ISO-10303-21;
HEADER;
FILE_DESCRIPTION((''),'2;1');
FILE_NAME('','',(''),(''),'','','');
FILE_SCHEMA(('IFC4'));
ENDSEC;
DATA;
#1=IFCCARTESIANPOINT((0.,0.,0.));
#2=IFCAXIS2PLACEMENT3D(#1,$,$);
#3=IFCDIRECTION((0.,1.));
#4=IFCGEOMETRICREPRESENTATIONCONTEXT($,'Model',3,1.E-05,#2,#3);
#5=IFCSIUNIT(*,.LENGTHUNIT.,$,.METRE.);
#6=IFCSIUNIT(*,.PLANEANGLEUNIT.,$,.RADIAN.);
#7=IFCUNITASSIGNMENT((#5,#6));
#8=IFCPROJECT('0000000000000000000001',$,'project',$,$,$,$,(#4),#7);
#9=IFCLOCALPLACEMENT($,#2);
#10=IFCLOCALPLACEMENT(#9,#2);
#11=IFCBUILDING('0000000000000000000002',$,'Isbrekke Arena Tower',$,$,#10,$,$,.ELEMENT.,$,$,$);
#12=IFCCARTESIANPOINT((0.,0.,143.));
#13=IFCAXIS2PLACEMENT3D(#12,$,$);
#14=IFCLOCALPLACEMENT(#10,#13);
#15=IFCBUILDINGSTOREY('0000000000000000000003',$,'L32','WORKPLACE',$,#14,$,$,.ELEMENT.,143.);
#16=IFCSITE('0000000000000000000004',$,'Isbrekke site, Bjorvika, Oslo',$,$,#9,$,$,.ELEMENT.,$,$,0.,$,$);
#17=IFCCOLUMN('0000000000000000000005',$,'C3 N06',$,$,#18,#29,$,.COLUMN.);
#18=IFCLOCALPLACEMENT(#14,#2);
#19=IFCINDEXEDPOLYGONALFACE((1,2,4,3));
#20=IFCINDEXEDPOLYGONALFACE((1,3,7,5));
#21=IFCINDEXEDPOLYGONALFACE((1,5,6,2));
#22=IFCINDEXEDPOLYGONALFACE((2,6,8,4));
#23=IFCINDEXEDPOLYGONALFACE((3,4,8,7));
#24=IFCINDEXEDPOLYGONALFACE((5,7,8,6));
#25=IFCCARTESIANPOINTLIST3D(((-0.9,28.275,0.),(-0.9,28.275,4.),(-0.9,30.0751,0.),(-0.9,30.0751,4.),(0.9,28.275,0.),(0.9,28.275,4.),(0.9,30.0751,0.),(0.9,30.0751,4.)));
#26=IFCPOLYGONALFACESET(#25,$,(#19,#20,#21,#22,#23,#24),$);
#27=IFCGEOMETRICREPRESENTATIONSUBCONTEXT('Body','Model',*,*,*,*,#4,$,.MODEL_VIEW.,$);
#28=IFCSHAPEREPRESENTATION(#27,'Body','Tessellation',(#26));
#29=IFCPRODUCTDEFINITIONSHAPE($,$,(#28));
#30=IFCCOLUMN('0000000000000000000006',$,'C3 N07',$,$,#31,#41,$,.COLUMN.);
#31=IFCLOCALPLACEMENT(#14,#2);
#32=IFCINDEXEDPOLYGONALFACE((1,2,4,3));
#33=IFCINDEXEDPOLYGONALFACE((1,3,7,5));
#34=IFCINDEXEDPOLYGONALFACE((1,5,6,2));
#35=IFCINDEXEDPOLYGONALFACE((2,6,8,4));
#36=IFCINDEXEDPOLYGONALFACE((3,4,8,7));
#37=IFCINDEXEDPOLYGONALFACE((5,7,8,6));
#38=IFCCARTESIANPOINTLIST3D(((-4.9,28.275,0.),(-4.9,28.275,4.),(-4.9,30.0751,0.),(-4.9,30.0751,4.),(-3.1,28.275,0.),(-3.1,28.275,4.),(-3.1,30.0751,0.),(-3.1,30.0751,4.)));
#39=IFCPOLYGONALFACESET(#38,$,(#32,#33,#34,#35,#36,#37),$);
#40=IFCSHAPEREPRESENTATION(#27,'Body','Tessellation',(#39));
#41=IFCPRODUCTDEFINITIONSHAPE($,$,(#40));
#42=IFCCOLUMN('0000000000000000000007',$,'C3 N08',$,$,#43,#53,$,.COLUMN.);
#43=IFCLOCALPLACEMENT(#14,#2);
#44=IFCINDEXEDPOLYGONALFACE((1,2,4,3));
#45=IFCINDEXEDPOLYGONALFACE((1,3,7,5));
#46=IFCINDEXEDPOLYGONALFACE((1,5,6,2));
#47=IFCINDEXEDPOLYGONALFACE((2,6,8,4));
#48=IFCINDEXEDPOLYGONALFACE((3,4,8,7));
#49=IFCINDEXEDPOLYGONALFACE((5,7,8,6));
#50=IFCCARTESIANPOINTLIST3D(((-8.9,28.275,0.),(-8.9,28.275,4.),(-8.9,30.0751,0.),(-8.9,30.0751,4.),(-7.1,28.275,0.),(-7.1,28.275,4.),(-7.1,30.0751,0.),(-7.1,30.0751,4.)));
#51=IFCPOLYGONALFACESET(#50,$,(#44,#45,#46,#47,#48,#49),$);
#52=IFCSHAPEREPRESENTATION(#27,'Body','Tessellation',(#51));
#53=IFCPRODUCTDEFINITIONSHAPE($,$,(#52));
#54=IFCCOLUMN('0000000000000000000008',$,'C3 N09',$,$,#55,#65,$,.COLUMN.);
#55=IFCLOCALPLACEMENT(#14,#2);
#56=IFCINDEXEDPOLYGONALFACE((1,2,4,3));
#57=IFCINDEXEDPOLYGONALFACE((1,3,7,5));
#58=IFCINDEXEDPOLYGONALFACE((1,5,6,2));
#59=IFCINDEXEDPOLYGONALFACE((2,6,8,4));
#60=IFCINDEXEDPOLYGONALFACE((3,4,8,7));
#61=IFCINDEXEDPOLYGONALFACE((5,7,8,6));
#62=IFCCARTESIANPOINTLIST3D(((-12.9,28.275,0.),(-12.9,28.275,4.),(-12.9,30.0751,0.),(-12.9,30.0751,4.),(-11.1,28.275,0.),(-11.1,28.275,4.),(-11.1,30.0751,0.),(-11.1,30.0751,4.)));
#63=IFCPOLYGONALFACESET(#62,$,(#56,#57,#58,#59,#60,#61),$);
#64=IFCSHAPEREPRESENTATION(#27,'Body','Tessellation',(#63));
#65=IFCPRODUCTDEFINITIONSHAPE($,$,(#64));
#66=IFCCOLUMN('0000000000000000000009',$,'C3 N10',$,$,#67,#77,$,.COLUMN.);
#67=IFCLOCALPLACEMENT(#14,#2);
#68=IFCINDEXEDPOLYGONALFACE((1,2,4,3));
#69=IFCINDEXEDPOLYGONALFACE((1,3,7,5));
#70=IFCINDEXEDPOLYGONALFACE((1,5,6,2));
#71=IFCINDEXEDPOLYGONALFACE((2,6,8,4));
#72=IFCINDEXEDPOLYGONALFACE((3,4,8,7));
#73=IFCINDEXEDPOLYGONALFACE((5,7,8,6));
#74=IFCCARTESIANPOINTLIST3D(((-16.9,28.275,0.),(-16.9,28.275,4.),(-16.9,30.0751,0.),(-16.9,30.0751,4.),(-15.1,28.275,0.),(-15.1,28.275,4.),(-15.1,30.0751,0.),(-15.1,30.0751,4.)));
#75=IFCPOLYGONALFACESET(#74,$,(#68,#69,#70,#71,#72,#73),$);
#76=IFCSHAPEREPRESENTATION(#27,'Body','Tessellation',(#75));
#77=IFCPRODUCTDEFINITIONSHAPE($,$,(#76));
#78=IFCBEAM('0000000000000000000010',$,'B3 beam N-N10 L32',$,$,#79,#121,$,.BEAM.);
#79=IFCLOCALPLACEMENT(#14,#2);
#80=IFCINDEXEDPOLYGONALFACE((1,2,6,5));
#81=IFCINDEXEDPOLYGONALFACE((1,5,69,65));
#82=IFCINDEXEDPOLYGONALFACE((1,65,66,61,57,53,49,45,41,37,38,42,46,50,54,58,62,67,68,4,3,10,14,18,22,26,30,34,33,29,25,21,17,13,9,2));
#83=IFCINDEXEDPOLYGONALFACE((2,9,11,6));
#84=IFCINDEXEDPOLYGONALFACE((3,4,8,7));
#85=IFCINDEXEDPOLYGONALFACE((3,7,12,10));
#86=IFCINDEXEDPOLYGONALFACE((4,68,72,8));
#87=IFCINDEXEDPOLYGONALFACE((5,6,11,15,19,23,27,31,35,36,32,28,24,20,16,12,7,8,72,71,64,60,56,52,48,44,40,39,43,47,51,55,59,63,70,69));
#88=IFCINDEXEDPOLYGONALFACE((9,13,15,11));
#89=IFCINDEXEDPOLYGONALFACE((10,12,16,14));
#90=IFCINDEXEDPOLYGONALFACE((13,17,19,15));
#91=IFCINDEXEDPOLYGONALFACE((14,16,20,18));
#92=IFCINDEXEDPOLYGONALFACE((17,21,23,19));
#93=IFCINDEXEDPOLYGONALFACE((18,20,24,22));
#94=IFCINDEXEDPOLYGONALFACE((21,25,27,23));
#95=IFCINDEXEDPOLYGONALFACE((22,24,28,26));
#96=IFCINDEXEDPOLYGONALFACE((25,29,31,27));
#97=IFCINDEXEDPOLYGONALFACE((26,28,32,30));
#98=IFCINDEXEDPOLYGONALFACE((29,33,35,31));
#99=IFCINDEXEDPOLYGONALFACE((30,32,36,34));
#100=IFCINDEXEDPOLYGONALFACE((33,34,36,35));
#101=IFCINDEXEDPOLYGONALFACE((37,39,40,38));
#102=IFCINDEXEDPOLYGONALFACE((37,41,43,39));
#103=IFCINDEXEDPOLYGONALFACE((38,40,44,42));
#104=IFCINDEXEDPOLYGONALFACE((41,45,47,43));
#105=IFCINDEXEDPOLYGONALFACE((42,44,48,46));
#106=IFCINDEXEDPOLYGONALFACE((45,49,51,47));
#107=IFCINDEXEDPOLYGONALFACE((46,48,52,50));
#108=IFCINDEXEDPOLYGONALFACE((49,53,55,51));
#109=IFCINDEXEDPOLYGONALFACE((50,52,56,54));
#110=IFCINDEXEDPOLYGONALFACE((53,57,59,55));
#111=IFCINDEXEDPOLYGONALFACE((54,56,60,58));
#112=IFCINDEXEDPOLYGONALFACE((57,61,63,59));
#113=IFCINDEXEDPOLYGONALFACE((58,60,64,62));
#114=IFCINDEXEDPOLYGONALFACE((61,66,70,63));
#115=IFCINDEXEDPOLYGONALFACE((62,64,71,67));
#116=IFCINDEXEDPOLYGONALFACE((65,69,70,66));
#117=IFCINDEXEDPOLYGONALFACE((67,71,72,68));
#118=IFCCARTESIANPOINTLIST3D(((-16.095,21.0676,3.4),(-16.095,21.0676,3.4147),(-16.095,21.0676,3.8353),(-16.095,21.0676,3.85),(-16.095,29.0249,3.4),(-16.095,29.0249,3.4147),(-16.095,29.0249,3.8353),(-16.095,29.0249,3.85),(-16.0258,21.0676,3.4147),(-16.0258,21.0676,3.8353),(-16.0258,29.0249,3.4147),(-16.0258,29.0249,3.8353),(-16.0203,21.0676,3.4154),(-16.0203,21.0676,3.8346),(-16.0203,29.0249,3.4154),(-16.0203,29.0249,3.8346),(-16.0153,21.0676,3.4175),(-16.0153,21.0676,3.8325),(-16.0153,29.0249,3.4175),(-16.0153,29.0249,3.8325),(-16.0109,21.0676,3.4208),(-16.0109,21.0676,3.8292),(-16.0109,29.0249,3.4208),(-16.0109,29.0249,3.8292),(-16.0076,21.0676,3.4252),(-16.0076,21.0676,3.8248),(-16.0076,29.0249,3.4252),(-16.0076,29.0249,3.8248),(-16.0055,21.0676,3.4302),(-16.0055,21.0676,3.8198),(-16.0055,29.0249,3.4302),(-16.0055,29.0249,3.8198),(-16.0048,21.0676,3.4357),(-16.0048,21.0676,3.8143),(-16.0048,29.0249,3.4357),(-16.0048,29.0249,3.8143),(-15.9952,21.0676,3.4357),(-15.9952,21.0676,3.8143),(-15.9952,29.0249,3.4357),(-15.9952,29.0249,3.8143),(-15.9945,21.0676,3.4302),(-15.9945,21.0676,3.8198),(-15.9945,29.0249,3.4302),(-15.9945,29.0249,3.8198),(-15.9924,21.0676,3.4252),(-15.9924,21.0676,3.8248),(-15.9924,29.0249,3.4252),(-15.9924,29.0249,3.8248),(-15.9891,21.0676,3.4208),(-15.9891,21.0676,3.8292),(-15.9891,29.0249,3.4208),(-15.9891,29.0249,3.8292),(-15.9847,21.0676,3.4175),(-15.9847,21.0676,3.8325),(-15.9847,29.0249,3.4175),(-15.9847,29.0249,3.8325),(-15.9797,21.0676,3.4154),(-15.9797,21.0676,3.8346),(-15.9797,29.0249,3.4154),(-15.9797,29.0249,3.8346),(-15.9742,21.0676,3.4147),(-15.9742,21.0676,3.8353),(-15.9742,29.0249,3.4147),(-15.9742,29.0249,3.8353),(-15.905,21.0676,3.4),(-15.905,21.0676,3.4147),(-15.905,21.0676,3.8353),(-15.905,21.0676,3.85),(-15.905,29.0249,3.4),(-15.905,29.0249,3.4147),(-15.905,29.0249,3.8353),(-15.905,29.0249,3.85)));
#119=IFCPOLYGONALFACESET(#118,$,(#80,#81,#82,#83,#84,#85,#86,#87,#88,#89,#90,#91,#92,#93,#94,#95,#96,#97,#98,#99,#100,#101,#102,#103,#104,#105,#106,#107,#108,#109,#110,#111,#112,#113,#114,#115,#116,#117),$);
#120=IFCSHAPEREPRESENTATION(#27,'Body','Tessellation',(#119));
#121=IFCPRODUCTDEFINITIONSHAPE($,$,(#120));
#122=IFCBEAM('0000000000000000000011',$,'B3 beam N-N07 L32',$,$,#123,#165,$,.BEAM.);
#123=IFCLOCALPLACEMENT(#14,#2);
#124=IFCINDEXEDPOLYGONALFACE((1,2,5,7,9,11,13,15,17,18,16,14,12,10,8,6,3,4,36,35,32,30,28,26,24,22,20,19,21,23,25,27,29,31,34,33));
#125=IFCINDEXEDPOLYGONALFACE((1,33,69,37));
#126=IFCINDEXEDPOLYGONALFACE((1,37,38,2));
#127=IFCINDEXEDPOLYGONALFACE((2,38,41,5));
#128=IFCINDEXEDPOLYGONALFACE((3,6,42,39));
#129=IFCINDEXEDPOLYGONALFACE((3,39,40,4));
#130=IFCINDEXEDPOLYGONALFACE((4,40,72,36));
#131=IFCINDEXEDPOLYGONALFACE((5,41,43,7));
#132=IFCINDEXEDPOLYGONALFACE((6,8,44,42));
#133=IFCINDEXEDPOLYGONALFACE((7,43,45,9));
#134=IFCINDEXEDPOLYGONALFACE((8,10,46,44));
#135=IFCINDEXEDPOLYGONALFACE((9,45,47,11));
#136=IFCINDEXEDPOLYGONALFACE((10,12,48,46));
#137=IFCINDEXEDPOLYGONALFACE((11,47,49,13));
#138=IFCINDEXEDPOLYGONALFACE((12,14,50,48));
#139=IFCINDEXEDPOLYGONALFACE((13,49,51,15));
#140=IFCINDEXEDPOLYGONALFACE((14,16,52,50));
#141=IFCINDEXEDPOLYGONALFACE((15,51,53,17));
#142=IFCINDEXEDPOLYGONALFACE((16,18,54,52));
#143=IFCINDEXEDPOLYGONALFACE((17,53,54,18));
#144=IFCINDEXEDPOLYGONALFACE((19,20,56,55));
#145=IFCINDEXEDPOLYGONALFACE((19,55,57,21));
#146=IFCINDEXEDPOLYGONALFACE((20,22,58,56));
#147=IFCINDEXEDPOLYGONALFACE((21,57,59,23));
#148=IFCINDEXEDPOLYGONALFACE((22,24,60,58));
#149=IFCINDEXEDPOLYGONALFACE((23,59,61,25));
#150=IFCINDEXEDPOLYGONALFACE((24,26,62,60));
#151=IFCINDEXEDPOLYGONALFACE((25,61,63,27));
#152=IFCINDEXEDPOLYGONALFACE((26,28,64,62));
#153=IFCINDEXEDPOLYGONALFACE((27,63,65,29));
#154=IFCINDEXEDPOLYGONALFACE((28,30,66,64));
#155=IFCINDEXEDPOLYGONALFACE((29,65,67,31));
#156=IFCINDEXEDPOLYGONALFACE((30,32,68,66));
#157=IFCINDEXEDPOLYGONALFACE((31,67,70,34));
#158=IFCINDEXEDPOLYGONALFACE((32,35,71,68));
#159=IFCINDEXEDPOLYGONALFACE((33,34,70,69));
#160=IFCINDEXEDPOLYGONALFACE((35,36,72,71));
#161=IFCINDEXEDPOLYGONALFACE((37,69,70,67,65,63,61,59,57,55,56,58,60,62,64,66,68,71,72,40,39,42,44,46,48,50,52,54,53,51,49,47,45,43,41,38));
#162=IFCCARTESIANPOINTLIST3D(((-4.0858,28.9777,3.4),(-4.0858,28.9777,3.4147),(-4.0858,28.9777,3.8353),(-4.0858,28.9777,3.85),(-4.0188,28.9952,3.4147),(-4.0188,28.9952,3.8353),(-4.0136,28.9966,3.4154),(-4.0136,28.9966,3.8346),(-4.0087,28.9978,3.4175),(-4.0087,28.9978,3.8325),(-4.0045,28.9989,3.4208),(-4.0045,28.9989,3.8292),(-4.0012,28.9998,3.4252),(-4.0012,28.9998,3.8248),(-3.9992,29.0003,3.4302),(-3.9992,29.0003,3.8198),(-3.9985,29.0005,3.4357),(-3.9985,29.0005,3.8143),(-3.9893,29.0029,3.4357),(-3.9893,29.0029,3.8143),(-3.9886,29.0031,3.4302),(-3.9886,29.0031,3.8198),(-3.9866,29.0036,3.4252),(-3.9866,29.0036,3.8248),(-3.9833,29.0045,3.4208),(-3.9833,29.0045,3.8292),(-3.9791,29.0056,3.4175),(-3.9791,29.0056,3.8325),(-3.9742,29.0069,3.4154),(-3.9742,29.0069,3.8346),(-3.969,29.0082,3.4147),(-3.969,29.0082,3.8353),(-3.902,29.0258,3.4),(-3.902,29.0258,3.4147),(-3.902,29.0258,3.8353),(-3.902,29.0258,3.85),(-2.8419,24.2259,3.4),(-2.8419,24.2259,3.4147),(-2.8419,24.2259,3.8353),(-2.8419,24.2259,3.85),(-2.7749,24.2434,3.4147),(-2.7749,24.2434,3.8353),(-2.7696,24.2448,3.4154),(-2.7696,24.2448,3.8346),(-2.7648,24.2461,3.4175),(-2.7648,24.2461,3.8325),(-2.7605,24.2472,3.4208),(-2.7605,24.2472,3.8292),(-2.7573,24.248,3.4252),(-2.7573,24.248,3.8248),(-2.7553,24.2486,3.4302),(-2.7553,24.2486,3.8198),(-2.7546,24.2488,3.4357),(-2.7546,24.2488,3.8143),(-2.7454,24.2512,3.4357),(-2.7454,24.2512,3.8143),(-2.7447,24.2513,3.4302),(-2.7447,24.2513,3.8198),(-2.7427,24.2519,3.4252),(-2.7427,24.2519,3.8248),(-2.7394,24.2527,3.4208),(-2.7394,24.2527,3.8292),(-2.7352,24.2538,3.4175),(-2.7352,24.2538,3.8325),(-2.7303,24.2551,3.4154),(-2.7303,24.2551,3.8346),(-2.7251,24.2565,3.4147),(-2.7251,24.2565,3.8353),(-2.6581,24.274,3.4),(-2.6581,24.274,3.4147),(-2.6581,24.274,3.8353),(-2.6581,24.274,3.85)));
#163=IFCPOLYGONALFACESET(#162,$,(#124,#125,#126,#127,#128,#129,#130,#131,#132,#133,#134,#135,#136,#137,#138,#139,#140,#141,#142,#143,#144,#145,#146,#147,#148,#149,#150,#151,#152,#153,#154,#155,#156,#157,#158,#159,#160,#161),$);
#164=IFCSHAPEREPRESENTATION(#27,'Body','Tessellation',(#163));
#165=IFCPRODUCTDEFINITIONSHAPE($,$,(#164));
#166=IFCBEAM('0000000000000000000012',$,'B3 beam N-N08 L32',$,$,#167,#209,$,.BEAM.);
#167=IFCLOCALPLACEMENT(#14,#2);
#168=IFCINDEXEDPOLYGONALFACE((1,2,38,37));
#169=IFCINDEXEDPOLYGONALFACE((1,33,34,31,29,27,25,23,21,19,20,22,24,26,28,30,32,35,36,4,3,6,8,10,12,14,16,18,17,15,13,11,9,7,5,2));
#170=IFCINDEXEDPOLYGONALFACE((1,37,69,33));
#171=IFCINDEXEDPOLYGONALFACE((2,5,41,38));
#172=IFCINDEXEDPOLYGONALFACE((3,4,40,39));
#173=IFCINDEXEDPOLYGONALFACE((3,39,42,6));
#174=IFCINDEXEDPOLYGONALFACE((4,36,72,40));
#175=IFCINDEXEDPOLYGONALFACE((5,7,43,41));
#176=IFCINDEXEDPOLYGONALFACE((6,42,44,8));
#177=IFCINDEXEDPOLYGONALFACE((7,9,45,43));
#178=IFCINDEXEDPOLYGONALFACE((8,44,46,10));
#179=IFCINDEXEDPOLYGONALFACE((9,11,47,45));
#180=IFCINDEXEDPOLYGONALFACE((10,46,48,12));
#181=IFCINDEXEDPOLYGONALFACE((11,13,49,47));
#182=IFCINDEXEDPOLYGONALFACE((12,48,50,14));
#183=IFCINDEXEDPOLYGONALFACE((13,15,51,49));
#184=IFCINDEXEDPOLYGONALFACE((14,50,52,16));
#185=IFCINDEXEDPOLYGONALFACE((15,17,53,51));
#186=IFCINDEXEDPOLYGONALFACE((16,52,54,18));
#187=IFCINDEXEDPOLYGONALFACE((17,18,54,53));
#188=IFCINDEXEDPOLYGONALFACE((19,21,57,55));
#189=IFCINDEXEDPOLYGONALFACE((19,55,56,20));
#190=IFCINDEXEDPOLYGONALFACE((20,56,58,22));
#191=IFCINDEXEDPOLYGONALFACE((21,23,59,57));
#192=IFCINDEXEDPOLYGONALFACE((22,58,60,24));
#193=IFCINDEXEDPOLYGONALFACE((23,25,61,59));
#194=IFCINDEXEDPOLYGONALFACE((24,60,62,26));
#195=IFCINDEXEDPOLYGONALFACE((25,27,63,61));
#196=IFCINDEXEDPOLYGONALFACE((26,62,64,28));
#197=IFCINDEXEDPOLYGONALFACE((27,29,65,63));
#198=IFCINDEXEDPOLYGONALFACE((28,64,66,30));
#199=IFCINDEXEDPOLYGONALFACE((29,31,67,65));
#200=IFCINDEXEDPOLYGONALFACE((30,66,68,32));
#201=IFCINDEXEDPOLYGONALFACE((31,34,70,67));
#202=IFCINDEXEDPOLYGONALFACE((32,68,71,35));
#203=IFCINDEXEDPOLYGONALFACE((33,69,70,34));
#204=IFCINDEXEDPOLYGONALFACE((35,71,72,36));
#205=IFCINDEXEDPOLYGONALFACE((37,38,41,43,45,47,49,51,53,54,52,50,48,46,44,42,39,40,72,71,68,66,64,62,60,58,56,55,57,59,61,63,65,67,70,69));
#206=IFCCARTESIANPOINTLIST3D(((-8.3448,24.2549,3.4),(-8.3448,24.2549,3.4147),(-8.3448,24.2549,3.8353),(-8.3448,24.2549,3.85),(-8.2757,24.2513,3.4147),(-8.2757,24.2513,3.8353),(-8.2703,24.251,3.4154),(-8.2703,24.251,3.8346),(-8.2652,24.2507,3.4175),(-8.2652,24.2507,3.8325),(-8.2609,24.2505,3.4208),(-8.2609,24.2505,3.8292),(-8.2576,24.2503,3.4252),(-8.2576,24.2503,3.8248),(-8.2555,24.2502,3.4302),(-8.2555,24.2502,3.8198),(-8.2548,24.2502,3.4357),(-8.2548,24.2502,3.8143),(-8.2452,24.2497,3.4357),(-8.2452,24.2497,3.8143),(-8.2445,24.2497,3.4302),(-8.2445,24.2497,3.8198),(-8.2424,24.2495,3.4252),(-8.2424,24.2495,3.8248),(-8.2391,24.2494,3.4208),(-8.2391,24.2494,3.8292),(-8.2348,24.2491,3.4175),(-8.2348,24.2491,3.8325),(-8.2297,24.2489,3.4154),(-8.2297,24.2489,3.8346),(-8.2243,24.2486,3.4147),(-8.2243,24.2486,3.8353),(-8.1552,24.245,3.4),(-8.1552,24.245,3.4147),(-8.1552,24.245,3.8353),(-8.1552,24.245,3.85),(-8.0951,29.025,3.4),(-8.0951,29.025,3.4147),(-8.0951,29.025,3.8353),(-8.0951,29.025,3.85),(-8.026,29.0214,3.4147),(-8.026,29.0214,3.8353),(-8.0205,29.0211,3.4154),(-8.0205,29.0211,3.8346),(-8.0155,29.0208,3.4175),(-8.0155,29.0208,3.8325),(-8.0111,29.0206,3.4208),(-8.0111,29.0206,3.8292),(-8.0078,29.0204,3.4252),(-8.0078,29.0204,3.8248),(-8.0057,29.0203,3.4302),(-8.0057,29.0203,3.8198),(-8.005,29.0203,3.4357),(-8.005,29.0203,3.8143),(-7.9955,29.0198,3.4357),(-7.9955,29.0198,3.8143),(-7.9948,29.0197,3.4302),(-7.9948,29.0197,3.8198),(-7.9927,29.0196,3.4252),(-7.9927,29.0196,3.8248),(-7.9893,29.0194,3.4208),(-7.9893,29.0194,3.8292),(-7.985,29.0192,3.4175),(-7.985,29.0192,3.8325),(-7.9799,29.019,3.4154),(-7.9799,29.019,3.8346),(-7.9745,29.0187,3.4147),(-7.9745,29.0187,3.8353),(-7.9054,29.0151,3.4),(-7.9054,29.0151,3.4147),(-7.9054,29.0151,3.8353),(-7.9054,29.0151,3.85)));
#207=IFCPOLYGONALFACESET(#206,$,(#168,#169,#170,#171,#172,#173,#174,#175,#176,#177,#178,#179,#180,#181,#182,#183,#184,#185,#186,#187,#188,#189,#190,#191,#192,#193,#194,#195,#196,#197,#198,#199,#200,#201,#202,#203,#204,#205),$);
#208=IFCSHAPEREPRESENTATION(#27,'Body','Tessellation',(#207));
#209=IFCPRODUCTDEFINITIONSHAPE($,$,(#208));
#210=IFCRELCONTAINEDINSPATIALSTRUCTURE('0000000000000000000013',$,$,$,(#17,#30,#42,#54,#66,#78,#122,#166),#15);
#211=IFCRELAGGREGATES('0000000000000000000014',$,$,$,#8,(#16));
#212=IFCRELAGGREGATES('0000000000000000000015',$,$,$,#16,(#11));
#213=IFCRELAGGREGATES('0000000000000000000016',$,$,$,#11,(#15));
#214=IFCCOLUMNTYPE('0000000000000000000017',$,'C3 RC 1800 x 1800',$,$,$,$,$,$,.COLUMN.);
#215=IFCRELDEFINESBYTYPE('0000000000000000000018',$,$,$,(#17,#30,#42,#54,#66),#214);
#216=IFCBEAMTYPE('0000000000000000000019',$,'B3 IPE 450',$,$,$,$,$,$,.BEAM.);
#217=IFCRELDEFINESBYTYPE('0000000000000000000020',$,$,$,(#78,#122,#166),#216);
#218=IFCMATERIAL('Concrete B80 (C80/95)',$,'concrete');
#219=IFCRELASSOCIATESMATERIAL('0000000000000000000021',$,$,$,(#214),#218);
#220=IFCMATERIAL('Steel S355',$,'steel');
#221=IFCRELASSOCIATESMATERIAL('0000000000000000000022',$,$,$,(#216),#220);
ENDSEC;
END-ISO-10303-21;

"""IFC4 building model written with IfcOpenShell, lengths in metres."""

from ifc_helpers import new_model, si_unit, direction, frame, origin, origin_2d, place, context, subcontext, project, spatial, rectangle, i_section, extrude, material, material_profile, profile_set, type_object, element, save


model = new_model("IFC4")

# Units and contexts
model_context = context("Model", 3, precision=1e-05, world=origin(), true_north=direction((0.0, 1.0)))
body_context = subcontext(model_context, "Body", "Model", "MODEL_VIEW")
ifc_project = project(units=[si_unit("LENGTHUNIT", "METRE"), si_unit("PLANEANGLEUNIT", "RADIAN")], contexts=[model_context])

# Site, building, storey
site_placement = place(None, origin())
site = spatial("IfcSite", under=ifc_project, at=site_placement, Name="Isbrekke site, Bjorvika, Oslo", CompositionType="ELEMENT", RefElevation=0.0)
building_placement = place(site_placement, origin())
building = spatial("IfcBuilding", under=site, at=building_placement, Name="Isbrekke Arena Tower", CompositionType="ELEMENT")
storey_placement = place(building_placement, frame((0.0, 0.0, 143.0)))
storey = spatial("IfcBuildingStorey", under=building, at=storey_placement, Name="L32", Description="WORKPLACE", CompositionType="ELEMENT", Elevation=143.0)

# Columns
ifc_material_1 = material(Name="Concrete B80 (C80/95)", Category="concrete")
ifc_material_profile_1 = material_profile(ifc_material_1, rectangle(XDim=1.8, YDim=1.8, at=origin_2d()), Name="RC 1800x1800")
ifc_profile_set_1 = profile_set([ifc_material_profile_1], Name="Concrete B80 (C80/95)")
column_type = type_object("IfcColumnType", Name="C3 RC 1800 x 1800", PredefinedType="COLUMN", material=ifc_profile_set_1)
for number, where, z_axis, x_axis, name in (
    (1, (0.0, 29.175, 0.0), (0.0, 0.0, 1.0), (-1.0, 0.0, 0.0), "C3 N06"),
    (2, (-4.0, 29.175, 0.0), (0.0, 0.0, 1.0), (-1.0, 0.0, 0.0), "C3 N07"),
    (3, (-8.0, 29.175, 0.0), (0.0, 0.0, 1.0), (-1.0, 0.0, 0.0), "C3 N08"),
    (4, (-12.0, 29.175, 0.0), (0.0, 0.0, 1.0), (-1.0, 0.0, 0.0), "C3 N09"),
    (5, (-16.0, 29.175, 0.0), (0.0, 0.0, 1.0), (-1.0, 0.0, 0.0), "C3 N10"),
):
    element("IfcColumn", number, at=place(storey_placement, frame(where, z_axis=z_axis, x_axis=x_axis)), inside=storey, type_object=column_type, Name=name, PredefinedType="COLUMN", context=body_context, shape_type="SweptSolid", body=[
        extrude(rectangle(XDim=1.8, YDim=1.8, at=origin_2d()), origin(), (0.0, 0.0, 1.0), 4.0),
    ])

# Beams
ifc_material_2 = material(Name="Steel S355", Category="steel")
ifc_material_profile_2 = material_profile(ifc_material_2, i_section(OverallWidth=0.1899, OverallDepth=0.45, WebThickness=0.0095, FlangeThickness=0.0146, FilletRadius=0.021, at=origin_2d()), Name="IPE 450")
ifc_profile_set_2 = profile_set([ifc_material_profile_2], Name="Steel S355")
beam_type_1 = type_object("IfcBeamType", Name="B3 IPE 450", PredefinedType="BEAM", material=ifc_profile_set_2)
beam_1_placement = place(storey_placement, frame((-16.0, 29.0249, 3.625), z_axis=(0.0, -1.0, 0.0), x_axis=(1.0, 0.0, 0.0)))
element("IfcBeam", 6, at=beam_1_placement, inside=storey, type_object=beam_type_1, Name="B3 beam N-N10 L32", PredefinedType="BEAM", context=body_context, shape_type="SweptSolid", body=[
    extrude(i_section(OverallWidth=0.1899, OverallDepth=0.45, WebThickness=0.0095, FlangeThickness=0.0146, FilletRadius=0.021, at=origin_2d()), origin(), (0.0, 0.0, 1.0), 7.9573),
])
beam_2_placement = place(storey_placement, frame((-3.9939, 29.0017, 3.625), z_axis=(0.253245, -0.967402, 0.0), x_axis=(0.967402, 0.253245, 0.0)))
element("IfcBeam", 7, at=beam_2_placement, inside=storey, type_object=beam_type_1, Name="B3 beam N-N07 L32", PredefinedType="BEAM", context=body_context, shape_type="SweptSolid", body=[
    extrude(i_section(OverallWidth=0.1899, OverallDepth=0.45, WebThickness=0.0095, FlangeThickness=0.0146, FilletRadius=0.021, at=origin_2d()), origin(), (0.0, 0.0, 1.0), 4.9119),
])
beam_3_placement = place(storey_placement, frame((-8.0002, 29.02, 3.625), z_axis=(-0.052288, -0.998632, 0.0), x_axis=(0.998632, -0.052288, 0.0)))
element("IfcBeam", 8, at=beam_3_placement, inside=storey, type_object=beam_type_1, Name="B3 beam N-N08 L32", PredefinedType="BEAM", context=body_context, shape_type="SweptSolid", body=[
    extrude(i_section(OverallWidth=0.1899, OverallDepth=0.45, WebThickness=0.0095, FlangeThickness=0.0146, FilletRadius=0.021, at=origin_2d()), origin(), (0.0, 0.0, 1.0), 4.7766),
])

save(model, "model.ifc")
